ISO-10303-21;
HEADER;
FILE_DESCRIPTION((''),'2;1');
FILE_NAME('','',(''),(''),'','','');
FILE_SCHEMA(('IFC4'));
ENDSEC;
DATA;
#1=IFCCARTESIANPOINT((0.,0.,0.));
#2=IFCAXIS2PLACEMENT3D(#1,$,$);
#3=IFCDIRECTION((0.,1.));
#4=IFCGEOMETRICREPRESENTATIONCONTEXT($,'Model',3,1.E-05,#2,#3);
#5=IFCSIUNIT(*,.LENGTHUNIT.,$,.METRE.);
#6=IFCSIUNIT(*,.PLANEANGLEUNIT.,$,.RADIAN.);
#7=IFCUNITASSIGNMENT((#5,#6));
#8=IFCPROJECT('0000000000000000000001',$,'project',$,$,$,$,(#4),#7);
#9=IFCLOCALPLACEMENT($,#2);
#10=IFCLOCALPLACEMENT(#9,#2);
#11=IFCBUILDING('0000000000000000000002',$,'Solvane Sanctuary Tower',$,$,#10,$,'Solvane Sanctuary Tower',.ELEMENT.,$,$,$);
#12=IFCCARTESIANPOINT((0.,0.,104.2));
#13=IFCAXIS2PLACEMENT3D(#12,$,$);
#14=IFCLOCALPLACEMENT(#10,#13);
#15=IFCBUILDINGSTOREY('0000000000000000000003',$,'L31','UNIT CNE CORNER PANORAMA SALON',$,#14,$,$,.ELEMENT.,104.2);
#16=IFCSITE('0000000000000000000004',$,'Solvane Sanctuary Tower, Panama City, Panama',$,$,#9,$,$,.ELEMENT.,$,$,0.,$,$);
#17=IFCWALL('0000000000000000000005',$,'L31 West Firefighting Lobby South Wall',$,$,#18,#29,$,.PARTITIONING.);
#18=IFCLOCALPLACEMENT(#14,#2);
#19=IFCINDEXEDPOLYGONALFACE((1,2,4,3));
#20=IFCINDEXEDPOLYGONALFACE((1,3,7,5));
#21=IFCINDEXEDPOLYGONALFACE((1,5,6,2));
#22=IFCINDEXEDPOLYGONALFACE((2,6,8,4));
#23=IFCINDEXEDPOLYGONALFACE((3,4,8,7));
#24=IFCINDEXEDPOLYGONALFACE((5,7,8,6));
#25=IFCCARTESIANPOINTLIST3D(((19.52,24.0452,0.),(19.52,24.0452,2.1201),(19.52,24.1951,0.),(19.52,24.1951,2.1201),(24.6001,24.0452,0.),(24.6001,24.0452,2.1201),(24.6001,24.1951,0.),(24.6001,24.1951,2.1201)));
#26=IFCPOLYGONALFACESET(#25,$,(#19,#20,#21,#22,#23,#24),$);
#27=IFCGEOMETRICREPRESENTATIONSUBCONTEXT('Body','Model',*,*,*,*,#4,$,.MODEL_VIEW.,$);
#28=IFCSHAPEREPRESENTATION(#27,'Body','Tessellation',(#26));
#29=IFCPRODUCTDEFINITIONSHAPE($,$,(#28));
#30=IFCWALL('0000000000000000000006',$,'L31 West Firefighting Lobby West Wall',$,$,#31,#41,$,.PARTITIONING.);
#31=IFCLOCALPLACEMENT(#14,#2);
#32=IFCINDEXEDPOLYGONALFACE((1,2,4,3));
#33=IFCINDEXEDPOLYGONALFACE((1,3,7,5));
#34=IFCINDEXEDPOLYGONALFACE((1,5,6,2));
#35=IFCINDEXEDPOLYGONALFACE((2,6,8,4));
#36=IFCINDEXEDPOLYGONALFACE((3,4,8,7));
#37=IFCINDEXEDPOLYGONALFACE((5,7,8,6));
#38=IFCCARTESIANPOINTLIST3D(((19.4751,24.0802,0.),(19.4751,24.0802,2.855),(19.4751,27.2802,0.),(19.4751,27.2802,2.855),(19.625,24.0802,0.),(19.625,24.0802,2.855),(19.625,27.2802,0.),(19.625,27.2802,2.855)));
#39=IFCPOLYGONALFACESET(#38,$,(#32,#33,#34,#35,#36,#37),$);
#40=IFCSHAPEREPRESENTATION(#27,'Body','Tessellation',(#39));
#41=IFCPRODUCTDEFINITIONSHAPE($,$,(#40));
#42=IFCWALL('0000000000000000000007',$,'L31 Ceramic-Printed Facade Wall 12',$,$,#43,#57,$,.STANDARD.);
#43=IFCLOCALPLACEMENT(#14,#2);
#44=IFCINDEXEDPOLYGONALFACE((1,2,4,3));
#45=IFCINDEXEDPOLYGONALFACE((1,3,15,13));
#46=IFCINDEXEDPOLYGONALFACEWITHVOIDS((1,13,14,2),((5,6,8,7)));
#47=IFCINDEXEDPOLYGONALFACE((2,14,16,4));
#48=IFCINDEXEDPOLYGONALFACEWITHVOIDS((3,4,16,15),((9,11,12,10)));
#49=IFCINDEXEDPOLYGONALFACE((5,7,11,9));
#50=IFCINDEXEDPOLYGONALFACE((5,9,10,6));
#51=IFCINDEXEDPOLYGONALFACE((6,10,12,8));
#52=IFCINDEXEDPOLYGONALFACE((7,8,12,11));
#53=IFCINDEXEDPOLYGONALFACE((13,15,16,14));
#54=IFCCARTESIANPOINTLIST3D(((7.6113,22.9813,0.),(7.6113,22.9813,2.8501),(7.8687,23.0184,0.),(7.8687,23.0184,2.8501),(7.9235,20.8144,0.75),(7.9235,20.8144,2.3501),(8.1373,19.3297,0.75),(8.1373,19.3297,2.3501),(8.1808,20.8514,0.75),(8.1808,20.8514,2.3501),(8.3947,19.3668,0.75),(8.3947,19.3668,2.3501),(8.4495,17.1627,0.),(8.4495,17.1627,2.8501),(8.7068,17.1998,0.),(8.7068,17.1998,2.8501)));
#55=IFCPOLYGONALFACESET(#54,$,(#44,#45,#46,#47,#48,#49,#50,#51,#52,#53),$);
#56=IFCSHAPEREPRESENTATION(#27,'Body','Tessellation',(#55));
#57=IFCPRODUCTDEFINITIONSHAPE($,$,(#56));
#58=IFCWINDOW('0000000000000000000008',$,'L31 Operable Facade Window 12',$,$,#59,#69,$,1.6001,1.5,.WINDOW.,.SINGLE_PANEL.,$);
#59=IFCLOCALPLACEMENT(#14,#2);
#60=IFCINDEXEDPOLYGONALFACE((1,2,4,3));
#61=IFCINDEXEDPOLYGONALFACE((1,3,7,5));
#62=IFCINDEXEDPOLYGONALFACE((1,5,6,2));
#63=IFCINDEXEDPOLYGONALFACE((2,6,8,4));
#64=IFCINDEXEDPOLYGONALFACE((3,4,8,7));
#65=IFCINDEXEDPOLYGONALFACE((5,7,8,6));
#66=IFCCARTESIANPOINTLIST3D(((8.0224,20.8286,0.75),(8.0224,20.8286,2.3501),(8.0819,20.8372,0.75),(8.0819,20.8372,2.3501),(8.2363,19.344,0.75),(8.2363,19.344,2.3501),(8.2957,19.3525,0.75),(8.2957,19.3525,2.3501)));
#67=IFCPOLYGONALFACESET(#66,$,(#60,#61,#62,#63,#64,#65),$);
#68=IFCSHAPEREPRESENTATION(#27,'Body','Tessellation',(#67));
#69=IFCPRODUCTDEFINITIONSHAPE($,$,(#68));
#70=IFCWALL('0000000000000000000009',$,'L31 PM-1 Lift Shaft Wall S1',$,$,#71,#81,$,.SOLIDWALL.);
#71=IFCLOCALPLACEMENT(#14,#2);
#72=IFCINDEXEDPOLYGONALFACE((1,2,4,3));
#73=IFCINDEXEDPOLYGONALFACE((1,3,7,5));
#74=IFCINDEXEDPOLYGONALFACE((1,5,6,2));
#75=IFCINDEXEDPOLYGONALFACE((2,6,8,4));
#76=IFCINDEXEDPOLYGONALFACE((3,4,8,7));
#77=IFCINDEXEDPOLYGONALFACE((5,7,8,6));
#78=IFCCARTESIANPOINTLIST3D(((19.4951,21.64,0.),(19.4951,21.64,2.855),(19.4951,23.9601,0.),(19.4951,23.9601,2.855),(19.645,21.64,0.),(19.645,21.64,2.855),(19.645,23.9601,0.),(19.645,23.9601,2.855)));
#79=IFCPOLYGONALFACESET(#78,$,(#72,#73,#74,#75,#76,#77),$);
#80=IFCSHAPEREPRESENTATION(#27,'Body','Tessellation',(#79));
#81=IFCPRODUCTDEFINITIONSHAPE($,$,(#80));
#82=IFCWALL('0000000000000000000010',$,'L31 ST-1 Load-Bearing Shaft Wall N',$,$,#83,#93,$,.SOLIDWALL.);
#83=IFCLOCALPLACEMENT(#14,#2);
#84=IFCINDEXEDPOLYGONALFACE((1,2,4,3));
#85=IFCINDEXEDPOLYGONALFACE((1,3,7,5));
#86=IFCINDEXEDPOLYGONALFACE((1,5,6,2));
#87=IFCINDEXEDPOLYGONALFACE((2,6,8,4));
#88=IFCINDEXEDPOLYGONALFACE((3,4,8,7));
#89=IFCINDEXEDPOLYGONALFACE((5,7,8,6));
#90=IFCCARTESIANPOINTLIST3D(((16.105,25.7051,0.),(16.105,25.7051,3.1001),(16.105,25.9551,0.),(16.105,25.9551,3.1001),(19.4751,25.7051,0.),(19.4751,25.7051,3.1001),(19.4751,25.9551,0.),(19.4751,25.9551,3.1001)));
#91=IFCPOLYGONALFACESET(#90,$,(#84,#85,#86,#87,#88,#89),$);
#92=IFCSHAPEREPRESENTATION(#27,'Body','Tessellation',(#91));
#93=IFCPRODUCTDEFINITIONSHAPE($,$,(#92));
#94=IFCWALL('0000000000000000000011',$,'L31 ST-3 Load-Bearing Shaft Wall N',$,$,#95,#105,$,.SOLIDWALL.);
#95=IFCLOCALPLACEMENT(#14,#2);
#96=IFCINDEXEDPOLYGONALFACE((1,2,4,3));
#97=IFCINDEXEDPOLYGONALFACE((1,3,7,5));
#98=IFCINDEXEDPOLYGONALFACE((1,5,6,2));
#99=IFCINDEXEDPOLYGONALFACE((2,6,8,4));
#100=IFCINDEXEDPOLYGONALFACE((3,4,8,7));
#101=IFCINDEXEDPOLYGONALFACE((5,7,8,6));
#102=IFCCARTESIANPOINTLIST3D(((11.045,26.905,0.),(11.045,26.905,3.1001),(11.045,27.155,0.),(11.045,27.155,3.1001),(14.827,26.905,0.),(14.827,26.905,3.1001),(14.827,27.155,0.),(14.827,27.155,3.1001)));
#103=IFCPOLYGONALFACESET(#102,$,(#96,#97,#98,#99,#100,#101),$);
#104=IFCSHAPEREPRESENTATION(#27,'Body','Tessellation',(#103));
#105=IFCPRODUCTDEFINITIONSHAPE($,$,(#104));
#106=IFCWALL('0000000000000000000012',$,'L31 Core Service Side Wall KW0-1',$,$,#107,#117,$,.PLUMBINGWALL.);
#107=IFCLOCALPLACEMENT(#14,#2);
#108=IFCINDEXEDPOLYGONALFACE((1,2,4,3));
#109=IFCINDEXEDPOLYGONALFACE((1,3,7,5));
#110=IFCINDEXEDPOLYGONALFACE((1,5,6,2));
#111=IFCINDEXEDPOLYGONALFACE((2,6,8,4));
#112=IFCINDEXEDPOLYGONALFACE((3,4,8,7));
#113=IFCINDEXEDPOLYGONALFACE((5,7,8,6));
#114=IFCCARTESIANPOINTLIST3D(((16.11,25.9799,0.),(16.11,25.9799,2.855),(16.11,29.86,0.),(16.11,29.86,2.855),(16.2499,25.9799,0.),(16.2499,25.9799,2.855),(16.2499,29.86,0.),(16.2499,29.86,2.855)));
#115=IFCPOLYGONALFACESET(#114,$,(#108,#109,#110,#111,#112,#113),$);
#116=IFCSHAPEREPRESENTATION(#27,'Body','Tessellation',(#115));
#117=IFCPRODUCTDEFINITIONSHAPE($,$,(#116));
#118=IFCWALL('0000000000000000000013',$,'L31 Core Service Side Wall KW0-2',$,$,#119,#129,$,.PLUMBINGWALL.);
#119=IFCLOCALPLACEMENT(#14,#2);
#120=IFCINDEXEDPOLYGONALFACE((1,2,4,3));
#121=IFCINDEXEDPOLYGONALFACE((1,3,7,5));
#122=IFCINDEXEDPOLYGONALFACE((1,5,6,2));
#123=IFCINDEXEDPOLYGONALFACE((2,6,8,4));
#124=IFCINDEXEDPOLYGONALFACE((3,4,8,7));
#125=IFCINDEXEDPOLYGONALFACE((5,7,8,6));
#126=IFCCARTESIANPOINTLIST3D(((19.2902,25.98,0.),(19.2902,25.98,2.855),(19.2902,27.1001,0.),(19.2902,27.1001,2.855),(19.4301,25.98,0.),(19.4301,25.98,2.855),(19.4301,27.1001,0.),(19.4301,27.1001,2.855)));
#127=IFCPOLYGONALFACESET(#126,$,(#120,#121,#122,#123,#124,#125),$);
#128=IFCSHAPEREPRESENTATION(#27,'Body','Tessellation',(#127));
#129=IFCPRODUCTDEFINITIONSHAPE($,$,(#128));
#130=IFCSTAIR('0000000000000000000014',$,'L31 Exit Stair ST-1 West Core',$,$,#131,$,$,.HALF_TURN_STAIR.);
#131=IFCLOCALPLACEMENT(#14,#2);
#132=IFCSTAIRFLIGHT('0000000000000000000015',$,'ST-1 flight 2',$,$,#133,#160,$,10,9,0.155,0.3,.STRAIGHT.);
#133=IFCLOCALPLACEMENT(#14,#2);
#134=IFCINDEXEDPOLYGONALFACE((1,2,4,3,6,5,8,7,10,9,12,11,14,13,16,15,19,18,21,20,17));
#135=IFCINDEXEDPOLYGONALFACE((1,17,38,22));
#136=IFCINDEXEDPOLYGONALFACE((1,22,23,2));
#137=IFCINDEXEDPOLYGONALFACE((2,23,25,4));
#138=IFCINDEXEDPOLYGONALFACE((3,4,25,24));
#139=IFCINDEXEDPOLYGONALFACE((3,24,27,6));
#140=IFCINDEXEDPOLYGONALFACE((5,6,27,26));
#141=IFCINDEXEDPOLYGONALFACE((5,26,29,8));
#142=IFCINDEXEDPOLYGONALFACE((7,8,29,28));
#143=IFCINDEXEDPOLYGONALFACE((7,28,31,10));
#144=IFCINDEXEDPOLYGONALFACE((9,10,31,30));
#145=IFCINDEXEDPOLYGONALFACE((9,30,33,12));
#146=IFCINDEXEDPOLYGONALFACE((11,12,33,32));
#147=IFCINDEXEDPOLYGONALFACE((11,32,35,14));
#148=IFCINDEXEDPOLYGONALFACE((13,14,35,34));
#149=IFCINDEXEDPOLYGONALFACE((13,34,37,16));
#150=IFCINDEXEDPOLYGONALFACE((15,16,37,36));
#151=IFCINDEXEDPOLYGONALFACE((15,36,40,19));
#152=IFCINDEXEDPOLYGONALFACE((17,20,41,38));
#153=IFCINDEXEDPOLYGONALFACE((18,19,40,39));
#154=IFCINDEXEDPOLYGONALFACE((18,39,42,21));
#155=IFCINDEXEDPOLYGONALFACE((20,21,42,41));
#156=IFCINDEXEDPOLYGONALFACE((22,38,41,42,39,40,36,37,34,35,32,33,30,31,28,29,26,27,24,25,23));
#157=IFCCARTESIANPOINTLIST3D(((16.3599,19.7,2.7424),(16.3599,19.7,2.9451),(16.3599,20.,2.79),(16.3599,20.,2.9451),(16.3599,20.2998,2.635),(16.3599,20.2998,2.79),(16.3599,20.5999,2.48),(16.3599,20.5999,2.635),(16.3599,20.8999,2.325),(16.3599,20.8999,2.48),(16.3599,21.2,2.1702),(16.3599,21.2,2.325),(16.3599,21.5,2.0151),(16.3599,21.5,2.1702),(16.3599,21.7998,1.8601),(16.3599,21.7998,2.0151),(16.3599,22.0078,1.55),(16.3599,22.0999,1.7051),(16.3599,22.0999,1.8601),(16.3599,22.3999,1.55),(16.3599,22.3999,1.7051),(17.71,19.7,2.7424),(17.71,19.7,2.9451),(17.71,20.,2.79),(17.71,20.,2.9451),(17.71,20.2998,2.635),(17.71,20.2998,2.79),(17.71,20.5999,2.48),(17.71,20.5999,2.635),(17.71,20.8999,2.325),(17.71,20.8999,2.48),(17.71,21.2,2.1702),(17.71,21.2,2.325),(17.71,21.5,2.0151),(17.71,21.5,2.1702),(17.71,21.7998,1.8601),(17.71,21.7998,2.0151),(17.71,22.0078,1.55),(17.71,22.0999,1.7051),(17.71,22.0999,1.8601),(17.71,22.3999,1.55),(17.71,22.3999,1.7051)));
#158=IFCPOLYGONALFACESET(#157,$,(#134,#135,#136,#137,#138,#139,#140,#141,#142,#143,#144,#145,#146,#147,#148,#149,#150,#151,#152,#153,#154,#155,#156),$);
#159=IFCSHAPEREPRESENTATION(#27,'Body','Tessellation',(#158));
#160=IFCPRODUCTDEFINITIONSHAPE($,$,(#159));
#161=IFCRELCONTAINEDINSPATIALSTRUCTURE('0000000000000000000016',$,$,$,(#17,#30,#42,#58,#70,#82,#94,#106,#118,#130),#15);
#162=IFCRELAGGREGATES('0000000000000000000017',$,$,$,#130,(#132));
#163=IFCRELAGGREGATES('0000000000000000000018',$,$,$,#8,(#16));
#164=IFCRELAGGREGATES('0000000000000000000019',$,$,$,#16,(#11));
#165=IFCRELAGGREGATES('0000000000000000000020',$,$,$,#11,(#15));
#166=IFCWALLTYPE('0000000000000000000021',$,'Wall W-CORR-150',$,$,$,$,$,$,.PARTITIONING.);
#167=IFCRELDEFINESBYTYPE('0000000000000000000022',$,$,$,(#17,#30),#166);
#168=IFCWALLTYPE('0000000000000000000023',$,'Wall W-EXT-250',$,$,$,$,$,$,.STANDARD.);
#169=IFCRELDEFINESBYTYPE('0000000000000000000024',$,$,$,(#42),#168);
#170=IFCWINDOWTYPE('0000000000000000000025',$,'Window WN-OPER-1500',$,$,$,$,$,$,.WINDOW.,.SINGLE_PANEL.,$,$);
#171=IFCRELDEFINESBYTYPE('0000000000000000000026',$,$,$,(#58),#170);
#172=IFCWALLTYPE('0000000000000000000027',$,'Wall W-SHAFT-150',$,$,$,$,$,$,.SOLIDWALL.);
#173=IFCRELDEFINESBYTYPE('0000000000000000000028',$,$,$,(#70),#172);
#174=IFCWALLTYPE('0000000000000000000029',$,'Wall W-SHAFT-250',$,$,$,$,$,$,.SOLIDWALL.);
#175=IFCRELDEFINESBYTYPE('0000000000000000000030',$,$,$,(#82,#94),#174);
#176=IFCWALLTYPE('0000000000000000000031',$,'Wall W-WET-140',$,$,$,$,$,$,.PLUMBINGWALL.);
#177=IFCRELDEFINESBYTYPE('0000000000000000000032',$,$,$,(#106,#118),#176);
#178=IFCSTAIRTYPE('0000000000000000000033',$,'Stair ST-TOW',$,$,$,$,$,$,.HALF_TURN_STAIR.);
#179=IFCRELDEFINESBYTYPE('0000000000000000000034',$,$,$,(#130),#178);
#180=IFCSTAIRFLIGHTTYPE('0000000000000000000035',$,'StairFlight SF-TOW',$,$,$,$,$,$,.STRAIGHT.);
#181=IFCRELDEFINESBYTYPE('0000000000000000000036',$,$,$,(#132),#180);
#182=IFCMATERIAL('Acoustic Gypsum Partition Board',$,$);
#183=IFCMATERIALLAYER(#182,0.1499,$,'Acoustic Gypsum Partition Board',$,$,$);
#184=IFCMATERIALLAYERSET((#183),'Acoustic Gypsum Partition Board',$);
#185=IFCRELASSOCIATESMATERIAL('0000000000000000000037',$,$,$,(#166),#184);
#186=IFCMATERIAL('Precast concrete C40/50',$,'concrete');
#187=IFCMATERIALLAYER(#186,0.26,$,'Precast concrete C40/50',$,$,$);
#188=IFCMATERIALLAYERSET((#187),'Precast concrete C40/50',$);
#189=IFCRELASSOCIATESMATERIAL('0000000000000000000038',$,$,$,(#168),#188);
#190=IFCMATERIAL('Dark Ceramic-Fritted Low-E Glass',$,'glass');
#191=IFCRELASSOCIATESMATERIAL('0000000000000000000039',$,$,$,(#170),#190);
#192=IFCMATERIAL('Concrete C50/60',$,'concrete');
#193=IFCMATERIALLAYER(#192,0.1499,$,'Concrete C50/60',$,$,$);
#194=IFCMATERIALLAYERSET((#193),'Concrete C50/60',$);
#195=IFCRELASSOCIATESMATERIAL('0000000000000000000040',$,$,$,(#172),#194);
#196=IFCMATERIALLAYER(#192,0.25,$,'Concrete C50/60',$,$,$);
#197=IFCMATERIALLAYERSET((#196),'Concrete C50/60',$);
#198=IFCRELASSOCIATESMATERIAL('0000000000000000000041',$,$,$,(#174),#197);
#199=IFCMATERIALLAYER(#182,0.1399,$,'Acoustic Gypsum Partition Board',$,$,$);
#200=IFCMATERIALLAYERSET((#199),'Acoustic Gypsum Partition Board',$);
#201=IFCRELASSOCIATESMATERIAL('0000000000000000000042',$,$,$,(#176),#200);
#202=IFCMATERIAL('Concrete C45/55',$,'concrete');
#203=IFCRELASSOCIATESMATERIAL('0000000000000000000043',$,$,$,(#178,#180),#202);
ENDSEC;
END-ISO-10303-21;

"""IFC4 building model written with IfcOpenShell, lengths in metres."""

from ifc_helpers import new_model, si_unit, direction, frame, frame_2d, origin, place, context, subcontext, project, spatial, polyline, rectangle, outline, extrude, material, layer, layer_set, type_object, element, fill, aggregate, save


model = new_model("IFC4")

# Units and contexts
model_context = context("Model", 3, precision=1e-05, world=origin(), true_north=direction((0.0, 1.0)))
body_context = subcontext(model_context, "Body", "Model", "MODEL_VIEW")
ifc_project = project(units=[si_unit("LENGTHUNIT", "METRE"), si_unit("PLANEANGLEUNIT", "RADIAN")], contexts=[model_context])

# Site, building, storey
site_placement = place(None, origin())
site = spatial("IfcSite", under=ifc_project, at=site_placement, Name="Solvane Sanctuary Tower, Panama City, Panama", CompositionType="ELEMENT", RefElevation=0.0)
building_placement = place(site_placement, origin())
building = spatial("IfcBuilding", under=site, at=building_placement, Name="Solvane Sanctuary Tower", LongName="Solvane Sanctuary Tower", CompositionType="ELEMENT")
storey_placement = place(building_placement, frame((0.0, 0.0, 104.2)))
storey = spatial("IfcBuildingStorey", under=building, at=storey_placement, Name="L31", Description="UNIT CNE CORNER PANORAMA SALON", CompositionType="ELEMENT", Elevation=104.2)

# Walls
ifc_material_1 = material(Name="Acoustic Gypsum Partition Board")
ifc_layer_1 = layer(ifc_material_1, 0.1499, Name="Acoustic Gypsum Partition Board")
ifc_layer_set_1 = layer_set([ifc_layer_1], Name="Acoustic Gypsum Partition Board")
wall_type_1 = type_object("IfcWallType", Name="Wall W-CORR-150", PredefinedType="PARTITIONING", material=ifc_layer_set_1)
wall_1_placement = place(storey_placement, frame((19.52, 24.1201, 0.0), z_axis=(0.0, 0.0, 1.0), x_axis=(1.0, 0.0, 0.0)))
element("IfcWall", 1, at=wall_1_placement, inside=storey, type_object=wall_type_1, Name="L31 West Firefighting Lobby South Wall", PredefinedType="PARTITIONING", context=body_context, shape_type="SweptSolid", body=[
    extrude(rectangle(XDim=5.0801, YDim=0.1499, at=frame_2d((2.54, 0.0))), origin(), (0.0, 0.0, 1.0), 2.1201),
])
wall_2_placement = place(storey_placement, frame((19.55, 24.0801, 0.0), z_axis=(0.0, 0.0, 1.0), x_axis=(0.0, 1.0, 0.0)))
element("IfcWall", 2, at=wall_2_placement, inside=storey, type_object=wall_type_1, Name="L31 West Firefighting Lobby West Wall", PredefinedType="PARTITIONING", context=body_context, shape_type="SweptSolid", body=[
    extrude(rectangle(XDim=3.2, YDim=0.1499, at=frame_2d((1.6001, 0.0))), origin(), (0.0, 0.0, 1.0), 2.855),
])

# Wall, opening, window
ifc_material_2 = material(Name="Precast concrete C40/50", Category="concrete")
ifc_layer_2 = layer(ifc_material_2, 0.26, Name="Precast concrete C40/50")
ifc_layer_set_2 = layer_set([ifc_layer_2], Name="Precast concrete C40/50")
wall_type_2 = type_object("IfcWallType", Name="Wall W-EXT-250", PredefinedType="STANDARD", material=ifc_layer_set_2)
wall_3_placement = place(storey_placement, frame((7.74, 23.0, 0.0), z_axis=(0.0, 0.0, 1.0), x_axis=(0.142572, -0.989784, 0.0)))
wall_3 = element("IfcWall", 3, at=wall_3_placement, inside=storey, type_object=wall_type_2, Name="L31 Ceramic-Printed Facade Wall 12", PredefinedType="STANDARD", context=body_context, shape_type="SweptSolid", body=[
    extrude(rectangle(XDim=5.8787, YDim=0.26, at=frame_2d((2.9395, 0.0))), origin(), (0.0, 0.0, 1.0), 2.8501),
])
opening_placement = place(wall_3_placement, frame((2.1895, 0.0, 0.75)))
opening = element("IfcOpeningElement", 4, at=opening_placement, cuts=wall_3, PredefinedType="OPENING", context=body_context, shape_type="SweptSolid", body=[
    extrude(rectangle(XDim=1.5, YDim=1.6001, at=frame_2d((0.75, 0.8))), frame((0.0, 0.1399, 0.0), z_axis=(0.0, -1.0, 0.0), x_axis=(1.0, 0.0, 0.0)), (0.0, 0.0, 1.0), 0.28),
])
ifc_material_3 = material(Name="Dark Ceramic-Fritted Low-E Glass", Category="glass")
window_type = type_object("IfcWindowType", Name="Window WN-OPER-1500", PartitioningType="SINGLE_PANEL", PredefinedType="WINDOW", material=ifc_material_3)
window_placement = place(opening_placement, origin())
window = element("IfcWindow", 5, at=window_placement, inside=storey, type_object=window_type, Name="L31 Operable Facade Window 12", OverallHeight=1.6001, OverallWidth=1.5, PartitioningType="SINGLE_PANEL", PredefinedType="WINDOW", context=body_context, shape_type="SweptSolid", body=[
    extrude(rectangle(XDim=1.5, YDim=1.6001, at=frame_2d((0.75, 0.8))), frame((0.0, 0.03, 0.0), z_axis=(0.0, -1.0, 0.0), x_axis=(1.0, 0.0, 0.0)), (0.0, 0.0, 1.0), 0.0601),
])
fill(opening, window)

# Walls
ifc_material_4 = material(Name="Concrete C50/60", Category="concrete")
ifc_layer_3 = layer(ifc_material_4, 0.1499, Name="Concrete C50/60")
ifc_layer_set_3 = layer_set([ifc_layer_3], Name="Concrete C50/60")
wall_type_3 = type_object("IfcWallType", Name="Wall W-SHAFT-150", PredefinedType="SOLIDWALL", material=ifc_layer_set_3)
wall_4_placement = place(storey_placement, frame((19.5701, 21.6399, 0.0), z_axis=(0.0, 0.0, 1.0), x_axis=(0.0, 1.0, 0.0)))
element("IfcWall", 6, at=wall_4_placement, inside=storey, type_object=wall_type_3, Name="L31 PM-1 Lift Shaft Wall S1", PredefinedType="SOLIDWALL", context=body_context, shape_type="SweptSolid", body=[
    extrude(rectangle(XDim=2.3201, YDim=0.1499, at=frame_2d((1.1602, 0.0))), origin(), (0.0, 0.0, 1.0), 2.855),
])
ifc_layer_4 = layer(ifc_material_4, 0.25, Name="Concrete C50/60")
ifc_layer_set_4 = layer_set([ifc_layer_4], Name="Concrete C50/60")
wall_type_4 = type_object("IfcWallType", Name="Wall W-SHAFT-250", PredefinedType="SOLIDWALL", material=ifc_layer_set_4)
wall_5_placement = place(storey_placement, frame((16.105, 25.8301, 0.0), z_axis=(0.0, 0.0, 1.0), x_axis=(1.0, 0.0, 0.0)))
element("IfcWall", 7, at=wall_5_placement, inside=storey, type_object=wall_type_4, Name="L31 ST-1 Load-Bearing Shaft Wall N", PredefinedType="SOLIDWALL", context=body_context, shape_type="SweptSolid", body=[
    extrude(rectangle(XDim=3.3701, YDim=0.25, at=frame_2d((1.6851, 0.0))), origin(), (0.0, 0.0, 1.0), 3.1001),
])
wall_6_placement = place(storey_placement, frame((11.0449, 27.03, 0.0), z_axis=(0.0, 0.0, 1.0), x_axis=(1.0, 0.0, 0.0)))
element("IfcWall", 8, at=wall_6_placement, inside=storey, type_object=wall_type_4, Name="L31 ST-3 Load-Bearing Shaft Wall N", PredefinedType="SOLIDWALL", context=body_context, shape_type="SweptSolid", body=[
    extrude(rectangle(XDim=3.782, YDim=0.25, at=frame_2d((1.8911, 0.0))), origin(), (0.0, 0.0, 1.0), 3.1001),
])
ifc_layer_5 = layer(ifc_material_1, 0.1399, Name="Acoustic Gypsum Partition Board")
ifc_layer_set_5 = layer_set([ifc_layer_5], Name="Acoustic Gypsum Partition Board")
wall_type_5 = type_object("IfcWallType", Name="Wall W-WET-140", PredefinedType="PLUMBINGWALL", material=ifc_layer_set_5)
wall_7_placement = place(storey_placement, frame((16.1799, 25.98, 0.0), z_axis=(0.0, 0.0, 1.0), x_axis=(0.0, 1.0, 0.0)))
element("IfcWall", 9, at=wall_7_placement, inside=storey, type_object=wall_type_5, Name="L31 Core Service Side Wall KW0-1", PredefinedType="PLUMBINGWALL", context=body_context, shape_type="SweptSolid", body=[
    extrude(rectangle(XDim=3.8801, YDim=0.1399, at=frame_2d((1.9399, 0.0))), origin(), (0.0, 0.0, 1.0), 2.855),
])
wall_8_placement = place(storey_placement, frame((19.3601, 25.98, 0.0), z_axis=(0.0, 0.0, 1.0), x_axis=(0.0, 1.0, 0.0)))
element("IfcWall", 10, at=wall_8_placement, inside=storey, type_object=wall_type_5, Name="L31 Core Service Side Wall KW0-2", PredefinedType="PLUMBINGWALL", context=body_context, shape_type="SweptSolid", body=[
    extrude(rectangle(XDim=1.1201, YDim=0.1399, at=frame_2d((0.5601, 0.0))), origin(), (0.0, 0.0, 1.0), 2.855),
])

# Stair, stair flight
ifc_material_5 = material(Name="Concrete C45/55", Category="concrete")
stair_type = type_object("IfcStairType", Name="Stair ST-TOW", PredefinedType="HALF_TURN_STAIR", material=ifc_material_5)
stair_1_placement = place(storey_placement, origin())
stair_1 = element("IfcStair", 11, at=stair_1_placement, inside=storey, type_object=stair_type, Name="L31 Exit Stair ST-1 West Core", PredefinedType="HALF_TURN_STAIR")
stair_flight_type = type_object("IfcStairFlightType", Name="StairFlight SF-TOW", PredefinedType="STRAIGHT", material=ifc_material_5)
stair_flight_1_placement = place(storey_placement, frame((17.0349, 22.3999, 1.55), z_axis=(0.0, 0.0, 1.0), x_axis=(0.0, -1.0, 0.0)))
stair_flight_1 = element("IfcStairFlight", 12, at=stair_flight_1_placement, type_object=stair_flight_type, Name="ST-1 flight 2", NumberOfRisers=10, NumberOfTreads=9, PredefinedType="STRAIGHT", RiserHeight=0.155, TreadLength=0.3, context=body_context, shape_type="SweptSolid", body=[
    extrude(outline(polyline([(0.0, 0.0), (0.0, 0.155), (0.3, 0.155), (0.3, 0.3101), (0.6001, 0.3101), (0.6001, 0.4651), (0.8999, 0.4651), (0.8999, 0.6201), (1.2, 0.6201), (1.2, 0.7749), (1.5, 0.7749), (1.5, 0.9299), (1.8, 0.9299), (1.8, 1.085), (2.1001, 1.085), (2.1001, 1.24), (2.3999, 1.24), (2.3999, 1.395), (2.7, 1.395), (2.7, 1.55), (2.7, 1.1924), (0.3921, 0.0), (0.0, 0.0)])), frame((0.0, 0.675, 0.0), z_axis=(0.0, -1.0, 0.0), x_axis=(1.0, 0.0, 0.0)), (0.0, 0.0, 1.0), 1.3501),
])
aggregate(stair_1, [stair_flight_1])

save(model, "model.ifc")
